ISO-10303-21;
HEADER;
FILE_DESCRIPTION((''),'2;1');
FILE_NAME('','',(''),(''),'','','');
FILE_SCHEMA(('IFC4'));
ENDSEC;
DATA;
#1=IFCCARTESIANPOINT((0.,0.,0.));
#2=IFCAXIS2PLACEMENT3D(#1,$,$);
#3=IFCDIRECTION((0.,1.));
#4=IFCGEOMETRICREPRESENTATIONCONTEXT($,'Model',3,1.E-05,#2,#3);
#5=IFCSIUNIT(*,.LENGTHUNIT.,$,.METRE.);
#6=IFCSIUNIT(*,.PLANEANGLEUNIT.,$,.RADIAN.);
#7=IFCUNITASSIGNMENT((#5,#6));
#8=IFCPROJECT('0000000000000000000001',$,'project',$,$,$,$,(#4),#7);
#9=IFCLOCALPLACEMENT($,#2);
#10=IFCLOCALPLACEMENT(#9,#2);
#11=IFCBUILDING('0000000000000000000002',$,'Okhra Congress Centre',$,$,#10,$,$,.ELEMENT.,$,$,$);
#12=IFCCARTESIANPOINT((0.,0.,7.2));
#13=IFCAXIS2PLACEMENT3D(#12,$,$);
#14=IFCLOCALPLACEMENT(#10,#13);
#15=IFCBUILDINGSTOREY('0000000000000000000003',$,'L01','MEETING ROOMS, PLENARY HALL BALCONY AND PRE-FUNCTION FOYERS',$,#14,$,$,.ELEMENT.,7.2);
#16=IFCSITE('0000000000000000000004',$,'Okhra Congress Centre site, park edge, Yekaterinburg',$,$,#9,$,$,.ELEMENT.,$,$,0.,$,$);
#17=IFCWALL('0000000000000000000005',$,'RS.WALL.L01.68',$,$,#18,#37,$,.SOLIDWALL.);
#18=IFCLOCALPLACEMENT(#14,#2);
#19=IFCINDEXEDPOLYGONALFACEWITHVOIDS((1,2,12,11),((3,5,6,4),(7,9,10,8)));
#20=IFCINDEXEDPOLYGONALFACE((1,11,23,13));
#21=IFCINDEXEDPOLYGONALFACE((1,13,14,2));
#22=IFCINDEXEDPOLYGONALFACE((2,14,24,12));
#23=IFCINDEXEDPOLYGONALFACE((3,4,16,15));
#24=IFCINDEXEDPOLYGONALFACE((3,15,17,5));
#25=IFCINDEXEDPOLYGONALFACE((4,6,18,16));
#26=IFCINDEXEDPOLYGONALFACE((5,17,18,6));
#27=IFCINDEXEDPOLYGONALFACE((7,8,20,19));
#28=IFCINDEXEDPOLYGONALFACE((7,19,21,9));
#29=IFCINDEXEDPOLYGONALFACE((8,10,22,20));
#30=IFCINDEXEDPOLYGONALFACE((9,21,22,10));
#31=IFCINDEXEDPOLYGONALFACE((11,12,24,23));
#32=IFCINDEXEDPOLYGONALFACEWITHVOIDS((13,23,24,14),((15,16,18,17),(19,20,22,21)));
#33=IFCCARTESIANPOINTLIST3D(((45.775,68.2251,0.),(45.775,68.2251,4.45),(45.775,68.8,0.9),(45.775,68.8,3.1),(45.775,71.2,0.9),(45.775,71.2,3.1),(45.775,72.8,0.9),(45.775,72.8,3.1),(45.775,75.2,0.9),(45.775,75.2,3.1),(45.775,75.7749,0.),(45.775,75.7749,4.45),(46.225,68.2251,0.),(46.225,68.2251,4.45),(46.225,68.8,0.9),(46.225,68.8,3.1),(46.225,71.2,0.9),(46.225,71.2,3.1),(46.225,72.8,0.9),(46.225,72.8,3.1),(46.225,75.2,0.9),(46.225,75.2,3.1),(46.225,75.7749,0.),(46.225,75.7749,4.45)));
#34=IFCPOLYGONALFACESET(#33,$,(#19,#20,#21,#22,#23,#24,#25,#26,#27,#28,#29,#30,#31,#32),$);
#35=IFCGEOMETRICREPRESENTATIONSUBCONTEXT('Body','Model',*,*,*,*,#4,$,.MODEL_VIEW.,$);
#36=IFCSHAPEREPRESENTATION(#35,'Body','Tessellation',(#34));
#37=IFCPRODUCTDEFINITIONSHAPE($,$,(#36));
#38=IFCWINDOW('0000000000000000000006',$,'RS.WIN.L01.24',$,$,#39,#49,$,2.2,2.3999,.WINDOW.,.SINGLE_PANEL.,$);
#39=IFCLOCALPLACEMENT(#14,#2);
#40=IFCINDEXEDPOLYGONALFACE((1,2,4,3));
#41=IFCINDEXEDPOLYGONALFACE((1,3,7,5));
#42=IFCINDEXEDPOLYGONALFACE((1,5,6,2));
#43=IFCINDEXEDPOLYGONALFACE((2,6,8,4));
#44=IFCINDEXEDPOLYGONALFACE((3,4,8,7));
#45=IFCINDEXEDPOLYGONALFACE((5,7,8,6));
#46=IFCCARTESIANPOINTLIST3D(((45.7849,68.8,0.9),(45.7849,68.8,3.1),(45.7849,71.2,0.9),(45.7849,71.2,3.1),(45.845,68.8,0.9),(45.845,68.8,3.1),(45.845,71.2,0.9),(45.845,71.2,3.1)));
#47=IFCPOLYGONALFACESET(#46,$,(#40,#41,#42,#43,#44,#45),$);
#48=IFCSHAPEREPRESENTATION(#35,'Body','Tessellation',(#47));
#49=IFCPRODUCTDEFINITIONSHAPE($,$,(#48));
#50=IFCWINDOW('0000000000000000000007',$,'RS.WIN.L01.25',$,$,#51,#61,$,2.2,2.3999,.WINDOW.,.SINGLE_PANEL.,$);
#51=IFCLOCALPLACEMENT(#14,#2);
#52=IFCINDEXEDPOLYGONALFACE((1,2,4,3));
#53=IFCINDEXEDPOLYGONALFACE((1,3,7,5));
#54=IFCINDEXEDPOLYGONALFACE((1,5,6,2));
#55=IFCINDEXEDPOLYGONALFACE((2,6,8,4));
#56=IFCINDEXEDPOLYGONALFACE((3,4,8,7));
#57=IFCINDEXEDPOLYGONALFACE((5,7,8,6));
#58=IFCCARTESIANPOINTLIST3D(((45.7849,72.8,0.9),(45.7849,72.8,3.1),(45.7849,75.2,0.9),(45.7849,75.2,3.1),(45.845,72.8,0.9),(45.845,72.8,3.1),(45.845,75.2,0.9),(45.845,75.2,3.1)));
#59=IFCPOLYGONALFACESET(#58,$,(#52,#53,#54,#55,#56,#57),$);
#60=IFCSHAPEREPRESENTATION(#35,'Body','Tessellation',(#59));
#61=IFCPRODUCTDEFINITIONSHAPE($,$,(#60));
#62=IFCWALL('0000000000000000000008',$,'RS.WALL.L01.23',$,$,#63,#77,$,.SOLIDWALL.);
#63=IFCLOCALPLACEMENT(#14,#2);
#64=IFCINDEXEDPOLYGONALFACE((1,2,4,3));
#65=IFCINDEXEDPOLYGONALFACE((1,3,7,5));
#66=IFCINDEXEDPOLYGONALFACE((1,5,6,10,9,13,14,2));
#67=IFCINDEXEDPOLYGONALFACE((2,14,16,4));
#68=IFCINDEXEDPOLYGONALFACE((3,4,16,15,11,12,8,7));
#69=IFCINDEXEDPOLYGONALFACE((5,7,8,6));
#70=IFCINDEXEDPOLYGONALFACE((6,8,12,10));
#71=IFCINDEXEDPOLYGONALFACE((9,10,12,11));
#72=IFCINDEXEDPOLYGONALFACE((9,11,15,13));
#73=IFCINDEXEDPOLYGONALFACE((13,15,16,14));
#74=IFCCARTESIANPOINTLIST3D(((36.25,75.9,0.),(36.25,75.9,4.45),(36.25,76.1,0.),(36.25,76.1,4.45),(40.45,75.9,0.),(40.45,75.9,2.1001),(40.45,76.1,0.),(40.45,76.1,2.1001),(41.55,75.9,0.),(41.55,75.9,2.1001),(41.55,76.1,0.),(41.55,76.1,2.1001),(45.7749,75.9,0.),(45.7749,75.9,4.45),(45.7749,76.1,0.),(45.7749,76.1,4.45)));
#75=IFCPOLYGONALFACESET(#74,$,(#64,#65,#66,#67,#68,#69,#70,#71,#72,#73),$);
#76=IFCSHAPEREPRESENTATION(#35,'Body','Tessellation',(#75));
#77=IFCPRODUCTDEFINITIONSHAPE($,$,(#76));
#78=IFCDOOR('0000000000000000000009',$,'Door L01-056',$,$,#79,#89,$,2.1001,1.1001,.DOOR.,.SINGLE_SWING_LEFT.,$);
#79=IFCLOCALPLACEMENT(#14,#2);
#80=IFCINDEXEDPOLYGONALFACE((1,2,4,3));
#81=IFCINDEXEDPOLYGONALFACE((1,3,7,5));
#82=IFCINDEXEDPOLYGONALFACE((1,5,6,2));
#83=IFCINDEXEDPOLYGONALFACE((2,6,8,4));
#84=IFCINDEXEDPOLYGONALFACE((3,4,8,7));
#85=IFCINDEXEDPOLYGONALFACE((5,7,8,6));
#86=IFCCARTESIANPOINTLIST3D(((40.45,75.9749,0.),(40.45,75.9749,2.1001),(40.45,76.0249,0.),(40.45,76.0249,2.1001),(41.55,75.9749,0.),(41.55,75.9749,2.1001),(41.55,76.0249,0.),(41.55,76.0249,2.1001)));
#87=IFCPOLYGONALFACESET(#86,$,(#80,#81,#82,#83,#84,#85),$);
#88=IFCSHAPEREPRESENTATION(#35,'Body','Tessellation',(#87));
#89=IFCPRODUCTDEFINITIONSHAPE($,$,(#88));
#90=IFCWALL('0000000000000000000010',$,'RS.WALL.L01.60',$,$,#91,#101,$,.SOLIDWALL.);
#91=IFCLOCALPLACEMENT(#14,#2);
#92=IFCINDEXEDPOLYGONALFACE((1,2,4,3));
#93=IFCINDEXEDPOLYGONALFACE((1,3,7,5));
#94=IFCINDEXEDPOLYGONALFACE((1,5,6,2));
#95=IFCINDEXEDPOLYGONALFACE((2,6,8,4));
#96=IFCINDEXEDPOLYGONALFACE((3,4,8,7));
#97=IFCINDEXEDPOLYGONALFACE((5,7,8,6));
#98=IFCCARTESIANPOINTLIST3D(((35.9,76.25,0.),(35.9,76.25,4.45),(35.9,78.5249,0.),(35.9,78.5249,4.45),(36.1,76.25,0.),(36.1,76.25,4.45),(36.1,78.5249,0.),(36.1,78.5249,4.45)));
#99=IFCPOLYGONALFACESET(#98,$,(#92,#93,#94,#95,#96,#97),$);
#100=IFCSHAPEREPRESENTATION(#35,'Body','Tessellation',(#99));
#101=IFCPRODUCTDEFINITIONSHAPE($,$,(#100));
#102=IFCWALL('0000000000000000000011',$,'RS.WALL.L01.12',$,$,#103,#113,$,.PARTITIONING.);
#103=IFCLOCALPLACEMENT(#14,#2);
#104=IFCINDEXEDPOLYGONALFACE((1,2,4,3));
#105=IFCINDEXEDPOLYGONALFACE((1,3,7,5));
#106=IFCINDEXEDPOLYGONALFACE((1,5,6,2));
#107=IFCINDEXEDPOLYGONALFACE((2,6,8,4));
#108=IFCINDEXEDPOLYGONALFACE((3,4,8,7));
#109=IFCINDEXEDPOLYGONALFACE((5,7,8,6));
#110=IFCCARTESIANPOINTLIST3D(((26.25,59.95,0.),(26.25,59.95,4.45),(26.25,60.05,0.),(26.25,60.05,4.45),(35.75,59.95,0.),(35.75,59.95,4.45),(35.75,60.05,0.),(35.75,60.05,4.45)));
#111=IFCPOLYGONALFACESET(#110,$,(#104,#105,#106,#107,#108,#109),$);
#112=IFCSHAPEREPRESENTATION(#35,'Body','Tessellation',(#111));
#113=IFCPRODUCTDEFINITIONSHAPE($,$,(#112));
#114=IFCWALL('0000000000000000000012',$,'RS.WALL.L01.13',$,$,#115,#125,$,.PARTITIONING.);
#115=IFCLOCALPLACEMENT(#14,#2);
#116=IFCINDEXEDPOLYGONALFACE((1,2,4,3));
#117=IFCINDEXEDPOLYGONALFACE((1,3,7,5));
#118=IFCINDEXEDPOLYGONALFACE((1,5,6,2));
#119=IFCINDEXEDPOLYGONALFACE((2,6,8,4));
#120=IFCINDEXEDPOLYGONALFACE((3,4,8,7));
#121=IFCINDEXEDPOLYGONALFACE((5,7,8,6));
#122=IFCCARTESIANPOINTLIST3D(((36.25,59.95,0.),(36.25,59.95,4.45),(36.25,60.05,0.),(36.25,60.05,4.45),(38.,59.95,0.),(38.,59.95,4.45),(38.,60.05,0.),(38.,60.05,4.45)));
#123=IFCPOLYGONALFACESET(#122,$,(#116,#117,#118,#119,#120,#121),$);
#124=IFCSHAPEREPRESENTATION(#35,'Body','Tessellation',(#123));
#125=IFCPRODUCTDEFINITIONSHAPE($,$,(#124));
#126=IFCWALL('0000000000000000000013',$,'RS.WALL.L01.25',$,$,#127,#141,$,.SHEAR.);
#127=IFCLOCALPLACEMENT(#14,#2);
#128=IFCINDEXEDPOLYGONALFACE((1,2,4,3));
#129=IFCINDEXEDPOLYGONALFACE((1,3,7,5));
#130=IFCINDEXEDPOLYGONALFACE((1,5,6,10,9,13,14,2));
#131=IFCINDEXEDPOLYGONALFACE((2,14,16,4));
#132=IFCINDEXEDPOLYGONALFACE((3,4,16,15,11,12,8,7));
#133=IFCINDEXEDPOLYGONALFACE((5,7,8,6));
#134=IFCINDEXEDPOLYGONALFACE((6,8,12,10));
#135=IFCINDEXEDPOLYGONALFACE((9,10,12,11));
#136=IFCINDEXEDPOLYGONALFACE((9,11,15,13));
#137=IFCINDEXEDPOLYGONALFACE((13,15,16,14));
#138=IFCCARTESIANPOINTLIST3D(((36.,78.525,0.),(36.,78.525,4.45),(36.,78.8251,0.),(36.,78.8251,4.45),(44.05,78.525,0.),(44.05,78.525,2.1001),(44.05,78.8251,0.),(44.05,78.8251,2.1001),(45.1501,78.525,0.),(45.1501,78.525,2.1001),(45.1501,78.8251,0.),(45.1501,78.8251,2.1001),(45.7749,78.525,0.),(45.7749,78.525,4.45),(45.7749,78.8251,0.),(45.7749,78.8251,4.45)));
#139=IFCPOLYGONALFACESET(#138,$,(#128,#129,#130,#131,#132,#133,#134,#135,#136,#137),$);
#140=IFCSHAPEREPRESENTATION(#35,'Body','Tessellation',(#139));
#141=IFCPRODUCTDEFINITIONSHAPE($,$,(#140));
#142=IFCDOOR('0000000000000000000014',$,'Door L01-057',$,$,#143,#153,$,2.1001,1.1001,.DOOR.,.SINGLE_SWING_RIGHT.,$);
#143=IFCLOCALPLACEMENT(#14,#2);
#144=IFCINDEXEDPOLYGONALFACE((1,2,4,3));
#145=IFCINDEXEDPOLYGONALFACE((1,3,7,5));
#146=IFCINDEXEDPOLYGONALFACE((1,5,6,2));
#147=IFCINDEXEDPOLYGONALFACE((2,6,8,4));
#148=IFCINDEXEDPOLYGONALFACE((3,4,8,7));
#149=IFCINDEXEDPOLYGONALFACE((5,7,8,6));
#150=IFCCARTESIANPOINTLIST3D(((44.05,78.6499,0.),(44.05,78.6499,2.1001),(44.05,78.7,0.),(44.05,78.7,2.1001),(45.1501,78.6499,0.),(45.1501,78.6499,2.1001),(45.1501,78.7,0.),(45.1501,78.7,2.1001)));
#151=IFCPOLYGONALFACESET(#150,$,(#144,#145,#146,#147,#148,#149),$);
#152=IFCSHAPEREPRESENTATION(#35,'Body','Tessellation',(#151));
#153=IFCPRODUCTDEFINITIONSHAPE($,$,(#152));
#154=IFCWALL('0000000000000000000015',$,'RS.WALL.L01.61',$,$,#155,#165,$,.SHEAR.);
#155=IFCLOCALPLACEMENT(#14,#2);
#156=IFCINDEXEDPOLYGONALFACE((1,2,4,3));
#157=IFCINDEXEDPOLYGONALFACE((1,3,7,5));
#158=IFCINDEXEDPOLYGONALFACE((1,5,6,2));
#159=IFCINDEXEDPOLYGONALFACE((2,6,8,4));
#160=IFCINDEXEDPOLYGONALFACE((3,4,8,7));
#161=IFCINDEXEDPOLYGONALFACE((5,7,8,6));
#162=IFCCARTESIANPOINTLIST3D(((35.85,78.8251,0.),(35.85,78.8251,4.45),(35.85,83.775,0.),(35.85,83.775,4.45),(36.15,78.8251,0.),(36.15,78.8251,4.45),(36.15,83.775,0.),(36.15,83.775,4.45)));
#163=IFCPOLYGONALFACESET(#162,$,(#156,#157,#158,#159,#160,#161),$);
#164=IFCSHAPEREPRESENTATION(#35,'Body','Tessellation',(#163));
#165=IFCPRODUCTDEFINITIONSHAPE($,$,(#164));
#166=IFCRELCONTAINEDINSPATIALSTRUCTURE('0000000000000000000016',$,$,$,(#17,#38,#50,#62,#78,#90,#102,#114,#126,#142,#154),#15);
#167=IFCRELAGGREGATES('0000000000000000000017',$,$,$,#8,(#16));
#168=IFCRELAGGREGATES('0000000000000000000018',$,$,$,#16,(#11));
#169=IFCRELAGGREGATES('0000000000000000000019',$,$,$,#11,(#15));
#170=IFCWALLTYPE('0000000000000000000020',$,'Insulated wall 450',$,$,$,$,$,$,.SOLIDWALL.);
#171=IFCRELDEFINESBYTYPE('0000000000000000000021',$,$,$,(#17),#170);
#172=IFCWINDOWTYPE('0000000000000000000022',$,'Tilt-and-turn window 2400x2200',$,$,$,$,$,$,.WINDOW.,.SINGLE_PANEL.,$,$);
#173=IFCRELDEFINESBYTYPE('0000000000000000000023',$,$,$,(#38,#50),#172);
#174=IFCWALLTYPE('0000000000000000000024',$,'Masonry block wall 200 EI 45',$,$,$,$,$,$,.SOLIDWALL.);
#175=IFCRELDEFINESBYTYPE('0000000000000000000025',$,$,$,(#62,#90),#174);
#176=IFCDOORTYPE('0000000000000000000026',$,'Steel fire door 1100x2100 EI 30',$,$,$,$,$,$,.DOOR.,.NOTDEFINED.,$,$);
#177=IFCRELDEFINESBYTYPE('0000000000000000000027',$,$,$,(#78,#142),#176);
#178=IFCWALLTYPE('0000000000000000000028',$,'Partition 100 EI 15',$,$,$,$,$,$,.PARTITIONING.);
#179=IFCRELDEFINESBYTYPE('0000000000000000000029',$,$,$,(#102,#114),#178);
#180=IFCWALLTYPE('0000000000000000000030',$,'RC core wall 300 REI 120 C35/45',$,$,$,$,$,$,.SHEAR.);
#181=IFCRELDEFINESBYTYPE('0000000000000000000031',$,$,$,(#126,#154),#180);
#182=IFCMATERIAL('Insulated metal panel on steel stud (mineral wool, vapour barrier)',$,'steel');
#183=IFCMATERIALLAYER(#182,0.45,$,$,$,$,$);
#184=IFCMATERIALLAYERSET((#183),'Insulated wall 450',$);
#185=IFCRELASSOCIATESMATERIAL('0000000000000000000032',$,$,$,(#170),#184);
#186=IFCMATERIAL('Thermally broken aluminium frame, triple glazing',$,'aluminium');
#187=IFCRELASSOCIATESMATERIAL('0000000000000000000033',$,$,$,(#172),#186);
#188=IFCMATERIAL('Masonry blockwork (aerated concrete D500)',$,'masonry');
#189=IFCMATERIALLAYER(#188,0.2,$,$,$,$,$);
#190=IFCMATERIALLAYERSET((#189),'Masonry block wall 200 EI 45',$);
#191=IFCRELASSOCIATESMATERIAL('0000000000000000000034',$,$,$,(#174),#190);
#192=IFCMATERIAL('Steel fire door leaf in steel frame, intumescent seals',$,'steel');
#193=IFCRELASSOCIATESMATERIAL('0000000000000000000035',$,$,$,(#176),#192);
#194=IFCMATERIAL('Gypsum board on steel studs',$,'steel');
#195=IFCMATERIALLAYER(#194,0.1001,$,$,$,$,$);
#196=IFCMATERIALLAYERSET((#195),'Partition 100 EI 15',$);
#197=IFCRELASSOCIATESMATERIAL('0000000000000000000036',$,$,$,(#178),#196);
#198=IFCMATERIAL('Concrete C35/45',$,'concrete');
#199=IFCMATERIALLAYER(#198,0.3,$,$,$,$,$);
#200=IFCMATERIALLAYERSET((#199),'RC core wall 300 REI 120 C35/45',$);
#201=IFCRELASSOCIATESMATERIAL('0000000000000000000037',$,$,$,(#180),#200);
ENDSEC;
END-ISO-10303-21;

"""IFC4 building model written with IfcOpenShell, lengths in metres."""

from ifc_helpers import new_model, si_unit, direction, frame, frame_2d, origin, place, context, subcontext, project, spatial, rectangle, extrude, material, layer, layer_set, type_object, element, fill, save


model = new_model("IFC4")

# Units and contexts
model_context = context("Model", 3, precision=1e-05, world=origin(), true_north=direction((0.0, 1.0)))
body_context = subcontext(model_context, "Body", "Model", "MODEL_VIEW")
ifc_project = project(units=[si_unit("LENGTHUNIT", "METRE"), si_unit("PLANEANGLEUNIT", "RADIAN")], contexts=[model_context])

# Site, building, storey
site_placement = place(None, origin())
site = spatial("IfcSite", under=ifc_project, at=site_placement, Name="Okhra Congress Centre site, park edge, Yekaterinburg", CompositionType="ELEMENT", RefElevation=0.0)
building_placement = place(site_placement, origin())
building = spatial("IfcBuilding", under=site, at=building_placement, Name="Okhra Congress Centre", CompositionType="ELEMENT")
storey_placement = place(building_placement, frame((0.0, 0.0, 7.2)))
storey = spatial("IfcBuildingStorey", under=building, at=storey_placement, Name="L01", Description="MEETING ROOMS, PLENARY HALL BALCONY AND PRE-FUNCTION FOYERS", CompositionType="ELEMENT", Elevation=7.2)

# Shared definitions
ifc_material_1 = material(Name="Concrete C35/45", Category="concrete")

# Wall, openings, windows
ifc_material_2 = material(Name="Insulated metal panel on steel stud (mineral wool, vapour barrier)", Category="steel")
ifc_layer_1 = layer(ifc_material_2, 0.45)
ifc_layer_set_1 = layer_set([ifc_layer_1], Name="Insulated wall 450")
wall_type_1 = type_object("IfcWallType", Name="Insulated wall 450", PredefinedType="SOLIDWALL", material=ifc_layer_set_1)
ifc_material_3 = material(Name="Thermally broken aluminium frame, triple glazing", Category="aluminium")
window_type = type_object("IfcWindowType", Name="Tilt-and-turn window 2400x2200", PartitioningType="SINGLE_PANEL", PredefinedType="WINDOW", material=ifc_material_3)
wall_1_placement = place(storey_placement, frame((46.0, 68.2251, 0.0), z_axis=(0.0, 0.0, 1.0), x_axis=(0.0, 1.0, 0.0)))
wall_1 = element("IfcWall", 1, at=wall_1_placement, inside=storey, type_object=wall_type_1, Name="RS.WALL.L01.68", PredefinedType="SOLIDWALL", context=body_context, shape_type="SweptSolid", body=[
    extrude(rectangle(XDim=7.5498, YDim=0.45, at=frame_2d((3.7749, 0.0))), origin(), (0.0, 0.0, 1.0), 4.45),
])
opening_1_placement = place(wall_1_placement, frame((0.575, 0.0, 0.8999)))
opening_1 = element("IfcOpeningElement", 2, at=opening_1_placement, cuts=wall_1, PredefinedType="OPENING", context=body_context, shape_type="SweptSolid", body=[
    extrude(rectangle(XDim=2.3999, YDim=2.2, at=frame_2d((1.2, 1.1001))), frame((0.0, 0.2349, 0.0), z_axis=(0.0, -1.0, 0.0), x_axis=(1.0, 0.0, 0.0)), (0.0, 0.0, 1.0), 0.47),
])
opening_2_placement = place(wall_1_placement, frame((4.575, 0.0, 0.8999)))
opening_2 = element("IfcOpeningElement", 3, at=opening_2_placement, cuts=wall_1, PredefinedType="OPENING", context=body_context, shape_type="SweptSolid", body=[
    extrude(rectangle(XDim=2.3999, YDim=2.2, at=frame_2d((1.2, 1.1001))), frame((0.0, 0.2349, 0.0), z_axis=(0.0, -1.0, 0.0), x_axis=(1.0, 0.0, 0.0)), (0.0, 0.0, 1.0), 0.47),
])
window_1_placement = place(opening_1_placement, origin())
window_1 = element("IfcWindow", 4, at=window_1_placement, inside=storey, type_object=window_type, Name="RS.WIN.L01.24", OverallHeight=2.2, OverallWidth=2.3999, PartitioningType="SINGLE_PANEL", PredefinedType="WINDOW", context=body_context, shape_type="SweptSolid", body=[
    extrude(rectangle(XDim=2.3999, YDim=2.2, at=frame_2d((1.2, 1.1001))), frame((0.0, 0.2151, 0.0), z_axis=(0.0, -1.0, 0.0), x_axis=(1.0, 0.0, 0.0)), (0.0, 0.0, 1.0), 0.0601),
])
fill(opening_1, window_1)
window_2_placement = place(opening_2_placement, origin())
window_2 = element("IfcWindow", 5, at=window_2_placement, inside=storey, type_object=window_type, Name="RS.WIN.L01.25", OverallHeight=2.2, OverallWidth=2.3999, PartitioningType="SINGLE_PANEL", PredefinedType="WINDOW", context=body_context, shape_type="SweptSolid", body=[
    extrude(rectangle(XDim=2.3999, YDim=2.2, at=frame_2d((1.2, 1.1001))), frame((0.0, 0.2151, 0.0), z_axis=(0.0, -1.0, 0.0), x_axis=(1.0, 0.0, 0.0)), (0.0, 0.0, 1.0), 0.0601),
])
fill(opening_2, window_2)

# Wall, opening, door
ifc_material_4 = material(Name="Masonry blockwork (aerated concrete D500)", Category="masonry")
ifc_layer_2 = layer(ifc_material_4, 0.2)
ifc_layer_set_2 = layer_set([ifc_layer_2], Name="Masonry block wall 200 EI 45")
wall_type_2 = type_object("IfcWallType", Name="Masonry block wall 200 EI 45", PredefinedType="SOLIDWALL", material=ifc_layer_set_2)
wall_2_placement = place(storey_placement, frame((36.25, 76.0, 0.0), z_axis=(0.0, 0.0, 1.0), x_axis=(1.0, 0.0, 0.0)))
wall_2 = element("IfcWall", 6, at=wall_2_placement, inside=storey, type_object=wall_type_2, Name="RS.WALL.L01.23", PredefinedType="SOLIDWALL", context=body_context, shape_type="SweptSolid", body=[
    extrude(rectangle(XDim=9.5249, YDim=0.2, at=frame_2d((4.7625, 0.0))), origin(), (0.0, 0.0, 1.0), 4.45),
])
opening_3_placement = place(wall_2_placement, frame((4.2, 0.0, 0.0)))
opening_3 = element("IfcOpeningElement", 7, at=opening_3_placement, cuts=wall_2, PredefinedType="OPENING", context=body_context, shape_type="SweptSolid", body=[
    extrude(rectangle(XDim=1.1001, YDim=2.1001, at=frame_2d((0.55, 1.05))), frame((0.0, 0.1099, 0.0), z_axis=(0.0, -1.0, 0.0), x_axis=(1.0, 0.0, 0.0)), (0.0, 0.0, 1.0), 0.22),
])
ifc_material_5 = material(Name="Steel fire door leaf in steel frame, intumescent seals", Category="steel")
door_type_1 = type_object("IfcDoorType", Name="Steel fire door 1100x2100 EI 30", OperationType="NOTDEFINED", PredefinedType="DOOR", material=ifc_material_5)
door_1_placement = place(opening_3_placement, origin())
door_1 = element("IfcDoor", 8, at=door_1_placement, inside=storey, type_object=door_type_1, Name="Door L01-056", OperationType="SINGLE_SWING_LEFT", OverallHeight=2.1001, OverallWidth=1.1001, PredefinedType="DOOR", context=body_context, shape_type="SweptSolid", body=[
    extrude(rectangle(XDim=1.1001, YDim=2.1001, at=frame_2d((0.55, 1.05))), frame((0.0, 0.0249, 0.0), z_axis=(0.0, -1.0, 0.0), x_axis=(1.0, 0.0, 0.0)), (0.0, 0.0, 1.0), 0.05),
])
fill(opening_3, door_1)

# Walls
wall_3_placement = place(storey_placement, frame((36.0, 76.25, 0.0), z_axis=(0.0, 0.0, 1.0), x_axis=(0.0, 1.0, 0.0)))
element("IfcWall", 9, at=wall_3_placement, inside=storey, type_object=wall_type_2, Name="RS.WALL.L01.60", PredefinedType="SOLIDWALL", context=body_context, shape_type="SweptSolid", body=[
    extrude(rectangle(XDim=2.2749, YDim=0.2, at=frame_2d((1.1375, 0.0))), origin(), (0.0, 0.0, 1.0), 4.45),
])
ifc_material_6 = material(Name="Gypsum board on steel studs", Category="steel")
ifc_layer_3 = layer(ifc_material_6, 0.1001)
ifc_layer_set_3 = layer_set([ifc_layer_3], Name="Partition 100 EI 15")
wall_type_3 = type_object("IfcWallType", Name="Partition 100 EI 15", PredefinedType="PARTITIONING", material=ifc_layer_set_3)
wall_4_placement = place(storey_placement, frame((26.25, 60.0, 0.0), z_axis=(0.0, 0.0, 1.0), x_axis=(1.0, 0.0, 0.0)))
element("IfcWall", 10, at=wall_4_placement, inside=storey, type_object=wall_type_3, Name="RS.WALL.L01.12", PredefinedType="PARTITIONING", context=body_context, shape_type="SweptSolid", body=[
    extrude(rectangle(XDim=9.5, YDim=0.1001, at=frame_2d((4.75, 0.0))), origin(), (0.0, 0.0, 1.0), 4.45),
])
wall_5_placement = place(storey_placement, frame((36.25, 60.0, 0.0), z_axis=(0.0, 0.0, 1.0), x_axis=(1.0, 0.0, 0.0)))
element("IfcWall", 11, at=wall_5_placement, inside=storey, type_object=wall_type_3, Name="RS.WALL.L01.13", PredefinedType="PARTITIONING", context=body_context, shape_type="SweptSolid", body=[
    extrude(rectangle(XDim=1.75, YDim=0.1001, at=frame_2d((0.875, 0.0))), origin(), (0.0, 0.0, 1.0), 4.45),
])

# Wall, opening, door
ifc_layer_4 = layer(ifc_material_1, 0.3)
ifc_layer_set_4 = layer_set([ifc_layer_4], Name="RC core wall 300 REI 120 C35/45")
wall_type_4 = type_object("IfcWallType", Name="RC core wall 300 REI 120 C35/45", PredefinedType="SHEAR", material=ifc_layer_set_4)
wall_6_placement = place(storey_placement, frame((36.0, 78.675, 0.0), z_axis=(0.0, 0.0, 1.0), x_axis=(1.0, 0.0, 0.0)))
wall_6 = element("IfcWall", 12, at=wall_6_placement, inside=storey, type_object=wall_type_4, Name="RS.WALL.L01.25", PredefinedType="SHEAR", context=body_context, shape_type="SweptSolid", body=[
    extrude(rectangle(XDim=9.7749, YDim=0.3, at=frame_2d((4.8875, 0.0))), origin(), (0.0, 0.0, 1.0), 4.45),
])
opening_4_placement = place(wall_6_placement, frame((8.05, 0.0, 0.0)))
opening_4 = element("IfcOpeningElement", 13, at=opening_4_placement, cuts=wall_6, PredefinedType="OPENING", context=body_context, shape_type="SweptSolid", body=[
    extrude(rectangle(XDim=1.1001, YDim=2.1001, at=frame_2d((0.55, 1.05))), frame((0.0, 0.1599, 0.0), z_axis=(0.0, -1.0, 0.0), x_axis=(1.0, 0.0, 0.0)), (0.0, 0.0, 1.0), 0.3201),
])
door_2_placement = place(opening_4_placement, origin())
door_2 = element("IfcDoor", 14, at=door_2_placement, inside=storey, type_object=door_type_1, Name="Door L01-057", OperationType="SINGLE_SWING_RIGHT", OverallHeight=2.1001, OverallWidth=1.1001, PredefinedType="DOOR", context=body_context, shape_type="SweptSolid", body=[
    extrude(rectangle(XDim=1.1001, YDim=2.1001, at=frame_2d((0.55, 1.05))), frame((0.0, 0.0249, 0.0), z_axis=(0.0, -1.0, 0.0), x_axis=(1.0, 0.0, 0.0)), (0.0, 0.0, 1.0), 0.05),
])
fill(opening_4, door_2)

# Wall
wall_7_placement = place(storey_placement, frame((36.0, 78.825, 0.0), z_axis=(0.0, 0.0, 1.0), x_axis=(0.0, 1.0, 0.0)))
element("IfcWall", 15, at=wall_7_placement, inside=storey, type_object=wall_type_4, Name="RS.WALL.L01.61", PredefinedType="SHEAR", context=body_context, shape_type="SweptSolid", body=[
    extrude(rectangle(XDim=4.95, YDim=0.3, at=frame_2d((2.4751, 0.0))), origin(), (0.0, 0.0, 1.0), 4.45),
])

save(model, "model.ifc")
